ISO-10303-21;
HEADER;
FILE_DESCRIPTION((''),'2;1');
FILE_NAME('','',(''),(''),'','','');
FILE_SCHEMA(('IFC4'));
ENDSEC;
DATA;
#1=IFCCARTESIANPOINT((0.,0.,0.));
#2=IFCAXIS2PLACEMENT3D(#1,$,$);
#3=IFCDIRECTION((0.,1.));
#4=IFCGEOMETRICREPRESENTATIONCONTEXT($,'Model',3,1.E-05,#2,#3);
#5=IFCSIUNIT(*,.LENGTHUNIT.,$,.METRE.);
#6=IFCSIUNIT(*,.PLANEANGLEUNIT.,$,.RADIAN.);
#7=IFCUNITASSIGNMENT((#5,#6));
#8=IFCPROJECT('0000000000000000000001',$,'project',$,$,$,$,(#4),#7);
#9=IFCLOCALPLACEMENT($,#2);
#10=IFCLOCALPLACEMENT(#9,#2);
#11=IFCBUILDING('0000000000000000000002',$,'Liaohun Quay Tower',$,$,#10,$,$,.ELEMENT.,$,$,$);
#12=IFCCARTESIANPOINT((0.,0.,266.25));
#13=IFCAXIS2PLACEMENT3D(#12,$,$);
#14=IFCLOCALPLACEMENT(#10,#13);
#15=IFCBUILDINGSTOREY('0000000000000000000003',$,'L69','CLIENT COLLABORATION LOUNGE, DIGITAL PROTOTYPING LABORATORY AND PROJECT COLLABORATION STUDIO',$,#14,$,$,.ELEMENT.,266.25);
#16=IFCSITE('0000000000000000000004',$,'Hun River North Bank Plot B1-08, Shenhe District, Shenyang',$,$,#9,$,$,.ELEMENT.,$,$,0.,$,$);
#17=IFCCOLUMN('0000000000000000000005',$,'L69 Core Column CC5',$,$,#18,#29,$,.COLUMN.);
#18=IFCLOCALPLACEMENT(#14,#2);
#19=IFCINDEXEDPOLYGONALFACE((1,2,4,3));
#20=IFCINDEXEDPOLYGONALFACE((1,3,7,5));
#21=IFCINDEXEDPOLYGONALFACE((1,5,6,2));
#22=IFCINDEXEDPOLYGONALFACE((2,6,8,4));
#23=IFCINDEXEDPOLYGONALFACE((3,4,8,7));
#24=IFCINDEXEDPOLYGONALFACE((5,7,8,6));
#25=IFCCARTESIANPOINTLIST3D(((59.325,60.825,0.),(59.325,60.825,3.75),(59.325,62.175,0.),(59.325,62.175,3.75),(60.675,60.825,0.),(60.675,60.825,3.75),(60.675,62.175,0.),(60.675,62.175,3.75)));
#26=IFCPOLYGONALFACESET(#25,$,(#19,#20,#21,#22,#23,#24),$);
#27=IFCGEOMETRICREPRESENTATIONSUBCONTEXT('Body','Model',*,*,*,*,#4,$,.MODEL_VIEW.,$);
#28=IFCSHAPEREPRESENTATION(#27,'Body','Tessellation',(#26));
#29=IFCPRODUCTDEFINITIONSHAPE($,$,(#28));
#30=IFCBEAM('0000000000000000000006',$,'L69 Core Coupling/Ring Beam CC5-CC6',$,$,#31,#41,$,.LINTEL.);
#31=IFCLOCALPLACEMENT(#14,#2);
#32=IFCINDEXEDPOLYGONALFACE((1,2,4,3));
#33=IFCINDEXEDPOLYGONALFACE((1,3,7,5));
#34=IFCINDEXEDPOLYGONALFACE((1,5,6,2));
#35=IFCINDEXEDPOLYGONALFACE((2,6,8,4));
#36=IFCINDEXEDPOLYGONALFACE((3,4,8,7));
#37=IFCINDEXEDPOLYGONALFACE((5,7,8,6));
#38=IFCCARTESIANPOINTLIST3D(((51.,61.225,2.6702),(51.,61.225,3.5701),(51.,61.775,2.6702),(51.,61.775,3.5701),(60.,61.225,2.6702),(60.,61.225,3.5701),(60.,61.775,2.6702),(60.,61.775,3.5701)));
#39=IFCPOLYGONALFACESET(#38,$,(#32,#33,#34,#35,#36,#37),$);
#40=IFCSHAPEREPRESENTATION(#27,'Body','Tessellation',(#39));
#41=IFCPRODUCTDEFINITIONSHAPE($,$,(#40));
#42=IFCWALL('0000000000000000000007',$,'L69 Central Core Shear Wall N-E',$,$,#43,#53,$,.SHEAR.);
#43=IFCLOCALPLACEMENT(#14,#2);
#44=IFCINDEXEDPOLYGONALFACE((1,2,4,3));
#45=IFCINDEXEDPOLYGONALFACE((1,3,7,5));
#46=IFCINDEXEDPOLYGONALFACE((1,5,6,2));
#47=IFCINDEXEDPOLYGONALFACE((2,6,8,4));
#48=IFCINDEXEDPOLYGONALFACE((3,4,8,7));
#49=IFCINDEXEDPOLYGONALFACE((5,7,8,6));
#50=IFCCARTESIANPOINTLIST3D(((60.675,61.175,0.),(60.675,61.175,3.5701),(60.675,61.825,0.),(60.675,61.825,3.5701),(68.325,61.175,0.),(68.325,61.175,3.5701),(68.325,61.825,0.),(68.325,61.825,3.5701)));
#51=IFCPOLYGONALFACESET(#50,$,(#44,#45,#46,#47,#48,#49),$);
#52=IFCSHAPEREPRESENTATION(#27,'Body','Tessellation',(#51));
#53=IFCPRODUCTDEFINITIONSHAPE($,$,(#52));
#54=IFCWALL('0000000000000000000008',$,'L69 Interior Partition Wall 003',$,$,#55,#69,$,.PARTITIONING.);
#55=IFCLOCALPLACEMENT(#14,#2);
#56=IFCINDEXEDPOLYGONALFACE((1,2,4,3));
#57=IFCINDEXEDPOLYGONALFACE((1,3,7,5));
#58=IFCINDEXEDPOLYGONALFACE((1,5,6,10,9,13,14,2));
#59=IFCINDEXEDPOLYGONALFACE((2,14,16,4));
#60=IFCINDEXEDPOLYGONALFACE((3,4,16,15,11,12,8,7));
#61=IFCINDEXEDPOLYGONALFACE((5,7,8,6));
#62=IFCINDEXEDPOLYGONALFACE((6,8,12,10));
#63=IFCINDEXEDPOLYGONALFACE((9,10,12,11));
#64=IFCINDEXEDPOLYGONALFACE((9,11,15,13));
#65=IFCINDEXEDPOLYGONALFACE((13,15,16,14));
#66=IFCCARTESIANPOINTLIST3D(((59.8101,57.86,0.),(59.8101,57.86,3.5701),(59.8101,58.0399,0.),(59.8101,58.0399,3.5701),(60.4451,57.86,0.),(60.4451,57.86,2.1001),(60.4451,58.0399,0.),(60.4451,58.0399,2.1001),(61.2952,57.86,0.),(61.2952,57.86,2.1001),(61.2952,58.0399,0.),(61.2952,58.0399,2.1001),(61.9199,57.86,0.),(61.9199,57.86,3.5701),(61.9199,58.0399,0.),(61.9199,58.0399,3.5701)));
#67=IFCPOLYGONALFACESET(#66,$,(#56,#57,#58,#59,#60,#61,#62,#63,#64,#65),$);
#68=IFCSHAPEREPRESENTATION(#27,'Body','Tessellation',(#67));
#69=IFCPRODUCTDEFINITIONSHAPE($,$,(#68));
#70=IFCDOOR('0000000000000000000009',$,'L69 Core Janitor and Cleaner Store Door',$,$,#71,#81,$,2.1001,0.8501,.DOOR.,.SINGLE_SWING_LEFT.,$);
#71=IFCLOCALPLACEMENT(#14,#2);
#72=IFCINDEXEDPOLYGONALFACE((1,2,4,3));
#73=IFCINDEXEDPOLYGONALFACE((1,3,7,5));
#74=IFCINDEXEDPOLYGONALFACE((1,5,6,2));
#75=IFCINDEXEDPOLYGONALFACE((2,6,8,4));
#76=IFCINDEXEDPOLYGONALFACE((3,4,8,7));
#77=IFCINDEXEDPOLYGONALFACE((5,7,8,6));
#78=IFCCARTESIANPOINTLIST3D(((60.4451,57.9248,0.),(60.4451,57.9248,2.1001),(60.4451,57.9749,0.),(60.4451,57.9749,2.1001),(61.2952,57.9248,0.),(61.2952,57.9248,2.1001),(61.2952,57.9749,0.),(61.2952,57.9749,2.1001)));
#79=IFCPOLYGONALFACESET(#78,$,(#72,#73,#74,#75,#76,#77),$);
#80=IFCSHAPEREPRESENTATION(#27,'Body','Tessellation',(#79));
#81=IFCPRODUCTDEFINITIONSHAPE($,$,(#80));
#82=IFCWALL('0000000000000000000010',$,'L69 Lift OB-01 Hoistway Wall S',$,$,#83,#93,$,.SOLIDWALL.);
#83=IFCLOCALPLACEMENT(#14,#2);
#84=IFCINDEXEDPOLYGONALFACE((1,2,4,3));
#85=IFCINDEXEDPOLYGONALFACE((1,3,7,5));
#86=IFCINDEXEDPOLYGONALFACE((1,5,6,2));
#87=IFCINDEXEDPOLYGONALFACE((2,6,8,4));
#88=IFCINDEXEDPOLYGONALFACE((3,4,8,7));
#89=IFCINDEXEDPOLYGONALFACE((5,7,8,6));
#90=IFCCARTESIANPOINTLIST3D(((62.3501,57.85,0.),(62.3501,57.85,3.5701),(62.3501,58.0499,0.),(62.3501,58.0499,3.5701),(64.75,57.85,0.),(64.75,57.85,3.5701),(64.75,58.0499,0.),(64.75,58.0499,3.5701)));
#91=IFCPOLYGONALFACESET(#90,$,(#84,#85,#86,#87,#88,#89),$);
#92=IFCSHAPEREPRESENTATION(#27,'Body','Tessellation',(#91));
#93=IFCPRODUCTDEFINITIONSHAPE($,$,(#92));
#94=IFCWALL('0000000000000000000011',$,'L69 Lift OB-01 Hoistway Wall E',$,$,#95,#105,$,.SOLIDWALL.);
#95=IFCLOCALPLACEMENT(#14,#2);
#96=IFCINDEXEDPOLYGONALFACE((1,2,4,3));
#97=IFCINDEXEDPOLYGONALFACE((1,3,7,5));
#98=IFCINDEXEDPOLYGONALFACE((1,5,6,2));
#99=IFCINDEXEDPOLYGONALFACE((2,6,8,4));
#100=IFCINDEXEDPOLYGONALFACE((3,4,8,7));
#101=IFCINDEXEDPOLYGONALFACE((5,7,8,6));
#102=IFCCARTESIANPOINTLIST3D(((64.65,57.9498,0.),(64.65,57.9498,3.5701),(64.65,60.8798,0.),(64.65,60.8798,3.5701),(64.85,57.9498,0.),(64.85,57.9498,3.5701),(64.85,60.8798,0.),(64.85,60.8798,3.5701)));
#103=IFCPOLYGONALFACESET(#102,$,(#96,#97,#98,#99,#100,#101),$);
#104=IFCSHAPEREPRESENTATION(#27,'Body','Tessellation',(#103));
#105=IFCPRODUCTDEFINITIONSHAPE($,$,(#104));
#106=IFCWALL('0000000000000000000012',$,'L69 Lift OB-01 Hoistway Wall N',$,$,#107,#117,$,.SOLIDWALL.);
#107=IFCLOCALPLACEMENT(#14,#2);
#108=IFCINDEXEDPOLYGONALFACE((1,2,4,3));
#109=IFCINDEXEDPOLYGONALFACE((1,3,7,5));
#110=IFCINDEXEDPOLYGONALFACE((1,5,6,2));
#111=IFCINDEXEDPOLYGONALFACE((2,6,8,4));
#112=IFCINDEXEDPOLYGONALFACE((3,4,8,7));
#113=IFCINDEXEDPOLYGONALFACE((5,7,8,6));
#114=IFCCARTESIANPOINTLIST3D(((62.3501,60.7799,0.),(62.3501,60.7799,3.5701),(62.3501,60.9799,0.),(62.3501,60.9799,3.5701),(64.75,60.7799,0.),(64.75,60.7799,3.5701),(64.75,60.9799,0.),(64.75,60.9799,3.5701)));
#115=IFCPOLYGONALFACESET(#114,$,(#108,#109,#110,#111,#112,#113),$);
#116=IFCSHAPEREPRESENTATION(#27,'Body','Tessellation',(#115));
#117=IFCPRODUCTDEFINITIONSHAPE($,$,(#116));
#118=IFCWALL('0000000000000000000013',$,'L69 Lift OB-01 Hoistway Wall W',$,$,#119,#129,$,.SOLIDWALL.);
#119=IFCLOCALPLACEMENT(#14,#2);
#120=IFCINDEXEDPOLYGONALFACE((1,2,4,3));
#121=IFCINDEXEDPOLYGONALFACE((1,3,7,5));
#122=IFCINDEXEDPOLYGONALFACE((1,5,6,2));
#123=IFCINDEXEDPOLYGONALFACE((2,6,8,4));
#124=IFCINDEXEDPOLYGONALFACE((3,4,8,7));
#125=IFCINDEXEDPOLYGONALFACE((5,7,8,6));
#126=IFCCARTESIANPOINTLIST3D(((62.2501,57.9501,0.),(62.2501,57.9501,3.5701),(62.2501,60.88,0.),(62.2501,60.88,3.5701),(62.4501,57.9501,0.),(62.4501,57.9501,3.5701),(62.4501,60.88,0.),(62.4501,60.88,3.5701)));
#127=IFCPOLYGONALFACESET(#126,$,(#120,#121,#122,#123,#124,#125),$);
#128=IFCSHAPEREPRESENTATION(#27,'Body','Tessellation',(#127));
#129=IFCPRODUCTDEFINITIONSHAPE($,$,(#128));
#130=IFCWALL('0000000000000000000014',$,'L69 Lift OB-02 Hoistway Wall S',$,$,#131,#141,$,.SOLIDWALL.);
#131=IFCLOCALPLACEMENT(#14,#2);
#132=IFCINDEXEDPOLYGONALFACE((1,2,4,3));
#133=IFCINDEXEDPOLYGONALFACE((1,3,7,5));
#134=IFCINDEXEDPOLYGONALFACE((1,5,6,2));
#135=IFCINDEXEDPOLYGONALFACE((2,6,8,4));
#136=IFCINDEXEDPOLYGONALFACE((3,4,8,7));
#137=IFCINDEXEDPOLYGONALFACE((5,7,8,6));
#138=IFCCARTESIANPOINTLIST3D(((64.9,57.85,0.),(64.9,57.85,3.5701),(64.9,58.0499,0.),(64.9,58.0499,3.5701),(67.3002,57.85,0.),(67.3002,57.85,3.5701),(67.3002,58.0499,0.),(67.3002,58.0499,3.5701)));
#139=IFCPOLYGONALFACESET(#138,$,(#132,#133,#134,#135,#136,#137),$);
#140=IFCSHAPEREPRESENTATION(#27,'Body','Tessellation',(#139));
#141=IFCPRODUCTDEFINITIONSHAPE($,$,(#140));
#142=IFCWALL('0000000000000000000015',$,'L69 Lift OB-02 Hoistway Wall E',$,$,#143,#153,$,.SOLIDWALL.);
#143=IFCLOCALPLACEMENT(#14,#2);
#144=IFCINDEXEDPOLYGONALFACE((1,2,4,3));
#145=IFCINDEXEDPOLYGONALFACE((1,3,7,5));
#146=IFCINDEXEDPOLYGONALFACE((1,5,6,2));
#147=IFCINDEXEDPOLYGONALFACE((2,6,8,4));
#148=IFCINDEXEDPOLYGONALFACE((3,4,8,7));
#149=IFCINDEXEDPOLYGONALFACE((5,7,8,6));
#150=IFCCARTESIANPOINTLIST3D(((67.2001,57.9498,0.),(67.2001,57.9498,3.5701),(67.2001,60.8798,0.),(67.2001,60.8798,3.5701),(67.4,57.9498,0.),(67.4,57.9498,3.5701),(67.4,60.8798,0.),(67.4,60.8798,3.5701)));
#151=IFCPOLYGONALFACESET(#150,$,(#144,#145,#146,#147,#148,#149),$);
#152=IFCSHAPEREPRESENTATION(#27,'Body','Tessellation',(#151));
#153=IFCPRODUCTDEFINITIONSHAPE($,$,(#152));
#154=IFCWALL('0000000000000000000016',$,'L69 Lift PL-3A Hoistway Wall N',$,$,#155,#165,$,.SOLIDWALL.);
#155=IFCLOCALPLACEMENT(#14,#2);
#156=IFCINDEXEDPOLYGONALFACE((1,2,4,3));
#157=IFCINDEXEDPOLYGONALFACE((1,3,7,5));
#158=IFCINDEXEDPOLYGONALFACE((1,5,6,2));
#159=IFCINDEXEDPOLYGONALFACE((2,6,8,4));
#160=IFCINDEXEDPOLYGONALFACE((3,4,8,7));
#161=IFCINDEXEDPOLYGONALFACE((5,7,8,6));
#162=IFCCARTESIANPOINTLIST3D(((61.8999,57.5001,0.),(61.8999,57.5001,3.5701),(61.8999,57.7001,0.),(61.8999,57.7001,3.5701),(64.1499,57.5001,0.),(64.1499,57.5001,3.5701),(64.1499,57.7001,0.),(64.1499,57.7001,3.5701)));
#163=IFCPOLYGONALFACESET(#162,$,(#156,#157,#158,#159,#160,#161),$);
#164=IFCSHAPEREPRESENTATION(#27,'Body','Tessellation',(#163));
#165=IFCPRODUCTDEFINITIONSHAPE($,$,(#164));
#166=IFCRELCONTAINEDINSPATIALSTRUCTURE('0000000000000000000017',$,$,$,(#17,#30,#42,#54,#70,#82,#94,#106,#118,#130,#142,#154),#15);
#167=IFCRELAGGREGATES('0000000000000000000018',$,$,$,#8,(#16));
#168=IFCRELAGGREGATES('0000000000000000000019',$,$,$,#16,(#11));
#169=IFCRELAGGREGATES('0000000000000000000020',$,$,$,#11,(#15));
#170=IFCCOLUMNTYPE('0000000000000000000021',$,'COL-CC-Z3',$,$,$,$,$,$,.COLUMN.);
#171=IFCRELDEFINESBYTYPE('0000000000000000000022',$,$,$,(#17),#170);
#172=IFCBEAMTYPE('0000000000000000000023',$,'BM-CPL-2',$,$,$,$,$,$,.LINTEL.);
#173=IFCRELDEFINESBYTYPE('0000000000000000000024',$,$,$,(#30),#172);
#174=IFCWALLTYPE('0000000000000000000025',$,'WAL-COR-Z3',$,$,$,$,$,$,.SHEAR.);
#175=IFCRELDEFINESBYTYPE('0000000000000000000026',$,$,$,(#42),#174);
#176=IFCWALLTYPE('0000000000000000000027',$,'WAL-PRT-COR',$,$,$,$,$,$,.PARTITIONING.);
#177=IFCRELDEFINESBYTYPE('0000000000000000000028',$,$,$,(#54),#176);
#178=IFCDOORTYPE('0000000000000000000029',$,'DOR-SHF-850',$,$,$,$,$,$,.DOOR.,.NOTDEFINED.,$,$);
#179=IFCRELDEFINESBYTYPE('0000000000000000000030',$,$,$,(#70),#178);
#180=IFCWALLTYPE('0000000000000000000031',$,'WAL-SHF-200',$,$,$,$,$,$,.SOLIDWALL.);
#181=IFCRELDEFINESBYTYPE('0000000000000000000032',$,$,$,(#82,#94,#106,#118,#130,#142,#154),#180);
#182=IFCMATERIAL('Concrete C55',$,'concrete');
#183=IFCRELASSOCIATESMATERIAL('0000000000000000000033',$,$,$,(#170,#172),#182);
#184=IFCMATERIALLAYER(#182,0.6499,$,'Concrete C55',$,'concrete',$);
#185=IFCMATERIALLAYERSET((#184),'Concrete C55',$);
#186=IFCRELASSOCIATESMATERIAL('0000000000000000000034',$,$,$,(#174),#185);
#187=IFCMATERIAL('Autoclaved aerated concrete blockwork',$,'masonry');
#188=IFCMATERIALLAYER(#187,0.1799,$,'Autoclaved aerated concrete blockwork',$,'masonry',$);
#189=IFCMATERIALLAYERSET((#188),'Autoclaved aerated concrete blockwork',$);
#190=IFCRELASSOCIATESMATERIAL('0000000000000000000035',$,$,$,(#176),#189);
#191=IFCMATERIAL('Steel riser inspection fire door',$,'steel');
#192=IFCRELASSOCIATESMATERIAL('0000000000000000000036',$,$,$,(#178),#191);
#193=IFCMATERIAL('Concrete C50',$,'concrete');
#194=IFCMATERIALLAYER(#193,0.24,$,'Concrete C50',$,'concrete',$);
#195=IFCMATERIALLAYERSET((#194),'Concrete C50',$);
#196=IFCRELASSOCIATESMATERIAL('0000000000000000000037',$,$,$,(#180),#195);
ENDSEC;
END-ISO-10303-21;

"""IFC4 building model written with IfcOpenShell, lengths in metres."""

from ifc_helpers import new_model, si_unit, direction, frame, frame_2d, origin, origin_2d, place, context, subcontext, project, spatial, rectangle, extrude, source, transform, mapped, material, layer, layer_set, material_profile, profile_set, type_object, element, fill, save


model = new_model("IFC4")

# Units and contexts
model_context = context("Model", 3, precision=1e-05, world=origin(), true_north=direction((0.0, 1.0)))
body_context = subcontext(model_context, "Body", "Model", "MODEL_VIEW")
ifc_project = project(units=[si_unit("LENGTHUNIT", "METRE"), si_unit("PLANEANGLEUNIT", "RADIAN")], contexts=[model_context])

# Site, building, storey
site_placement = place(None, origin())
site = spatial("IfcSite", under=ifc_project, at=site_placement, Name="Hun River North Bank Plot B1-08, Shenhe District, Shenyang", CompositionType="ELEMENT", RefElevation=0.0)
building_placement = place(site_placement, origin())
building = spatial("IfcBuilding", under=site, at=building_placement, Name="Liaohun Quay Tower", CompositionType="ELEMENT")
storey_placement = place(building_placement, frame((0.0, 0.0, 266.25)))
storey = spatial("IfcBuildingStorey", under=building, at=storey_placement, Name="L69", Description="CLIENT COLLABORATION LOUNGE, DIGITAL PROTOTYPING LABORATORY AND PROJECT COLLABORATION STUDIO", CompositionType="ELEMENT", Elevation=266.25)

# Column
ifc_material_1 = material(Name="Concrete C55", Category="concrete")
ifc_material_profile_1 = material_profile(ifc_material_1, rectangle(XDim=1.3501, YDim=1.3501, at=origin_2d()), Name="RC1350x1350")
ifc_profile_set_1 = profile_set([ifc_material_profile_1], Name="Concrete C55")
column_type = type_object("IfcColumnType", Name="COL-CC-Z3", PredefinedType="COLUMN", material=ifc_profile_set_1)
shared_shape_1 = source(origin(), body_context, "Body", "SweptSolid", [
    extrude(rectangle(XDim=1.3501, YDim=1.3501, at=origin_2d()), origin(), (0.0, 0.0, 1.0), 3.75),
])
column_placement = place(storey_placement, frame((60.0, 61.5, 0.0), z_axis=(0.0, 0.0, 1.0), x_axis=(1.0, 0.0, 0.0)))
element("IfcColumn", 1, at=column_placement, inside=storey, type_object=column_type, Name="L69 Core Column CC5", PredefinedType="COLUMN", context=body_context, shape_type="MappedRepresentation", body=[
    mapped(shared_shape_1, transform((0.0, 0.0, 0.0), x_axis=(1.0, 0.0, 0.0), y_axis=(0.0, 1.0, 0.0), z_axis=(0.0, 0.0, 1.0), scale=1.0)),
])

# Beam
ifc_material_profile_2 = material_profile(ifc_material_1, rectangle(XDim=0.55, YDim=0.8999, at=origin_2d()), Name="RC550x900")
ifc_profile_set_2 = profile_set([ifc_material_profile_2], Name="Concrete C55")
beam_type = type_object("IfcBeamType", Name="BM-CPL-2", PredefinedType="LINTEL", material=ifc_profile_set_2)
shared_shape_2 = source(origin(), body_context, "Body", "SweptSolid", [
    extrude(rectangle(XDim=0.55, YDim=0.8999, at=origin_2d()), origin(), (0.0, 0.0, 1.0), 9.0),
])
beam_placement = place(storey_placement, frame((60.0, 61.5, 3.1201), z_axis=(-1.0, 0.0, 0.0), x_axis=(0.0, -1.0, 0.0)))
element("IfcBeam", 2, at=beam_placement, inside=storey, type_object=beam_type, Name="L69 Core Coupling/Ring Beam CC5-CC6", PredefinedType="LINTEL", context=body_context, shape_type="MappedRepresentation", body=[
    mapped(shared_shape_2, transform((0.0, 0.0, 0.0), x_axis=(1.0, 0.0, 0.0), y_axis=(0.0, 1.0, 0.0), z_axis=(0.0, 0.0, 1.0), scale=1.0)),
])

# Wall
ifc_layer_1 = layer(ifc_material_1, 0.6499, Name="Concrete C55", Category="concrete")
ifc_layer_set_1 = layer_set([ifc_layer_1], Name="Concrete C55")
wall_type_1 = type_object("IfcWallType", Name="WAL-COR-Z3", PredefinedType="SHEAR", material=ifc_layer_set_1)
wall_1_placement = place(storey_placement, frame((60.675, 61.5, 0.0), z_axis=(0.0, 0.0, 1.0), x_axis=(1.0, 0.0, 0.0)))
element("IfcWall", 3, at=wall_1_placement, inside=storey, type_object=wall_type_1, Name="L69 Central Core Shear Wall N-E", PredefinedType="SHEAR", context=body_context, shape_type="SweptSolid", body=[
    extrude(rectangle(XDim=7.6499, YDim=0.6499, at=frame_2d((3.825, 0.0))), origin(), (0.0, 0.0, 1.0), 3.5701),
])

# Wall, opening, door
ifc_material_2 = material(Name="Autoclaved aerated concrete blockwork", Category="masonry")
ifc_layer_2 = layer(ifc_material_2, 0.1799, Name="Autoclaved aerated concrete blockwork", Category="masonry")
ifc_layer_set_2 = layer_set([ifc_layer_2], Name="Autoclaved aerated concrete blockwork")
wall_type_2 = type_object("IfcWallType", Name="WAL-PRT-COR", PredefinedType="PARTITIONING", material=ifc_layer_set_2)
wall_2_placement = place(storey_placement, frame((59.8101, 57.95, 0.0), z_axis=(0.0, 0.0, 1.0), x_axis=(1.0, 0.0, 0.0)))
wall_2 = element("IfcWall", 4, at=wall_2_placement, inside=storey, type_object=wall_type_2, Name="L69 Interior Partition Wall 003", PredefinedType="PARTITIONING", context=body_context, shape_type="SweptSolid", body=[
    extrude(rectangle(XDim=2.1099, YDim=0.1799, at=frame_2d((1.0549, 0.0))), origin(), (0.0, 0.0, 1.0), 3.5701),
])
shared_shape_3 = source(origin(), body_context, "Body", "SweptSolid", [
    extrude(rectangle(XDim=0.8501, YDim=2.1001, at=frame_2d((0.425, 1.05))), frame((0.0, 0.0999, 0.0), z_axis=(0.0, -1.0, 0.0), x_axis=(1.0, 0.0, 0.0)), (0.0, 0.0, 1.0), 0.2),
])
opening_placement = place(wall_2_placement, frame((0.635, 0.0, 0.0)))
opening = element("IfcOpeningElement", 5, at=opening_placement, cuts=wall_2, PredefinedType="OPENING", context=body_context, shape_type="MappedRepresentation", body=[
    mapped(shared_shape_3, transform((0.0, 0.0, 0.0), x_axis=(1.0, 0.0, 0.0), y_axis=(0.0, 1.0, 0.0), z_axis=(0.0, 0.0, 1.0), scale=1.0)),
])
ifc_material_3 = material(Name="Steel riser inspection fire door", Category="steel")
door_type = type_object("IfcDoorType", Name="DOR-SHF-850", OperationType="NOTDEFINED", PredefinedType="DOOR", material=ifc_material_3)
shared_shape_4 = source(origin(), body_context, "Body", "SweptSolid", [
    extrude(rectangle(XDim=0.8501, YDim=2.1001, at=frame_2d((0.425, 1.05))), frame((0.0, 0.0249, 0.0), z_axis=(0.0, -1.0, 0.0), x_axis=(1.0, 0.0, 0.0)), (0.0, 0.0, 1.0), 0.05),
])
door_placement = place(opening_placement, origin())
door = element("IfcDoor", 6, at=door_placement, inside=storey, type_object=door_type, Name="L69 Core Janitor and Cleaner Store Door", OperationType="SINGLE_SWING_LEFT", OverallHeight=2.1001, OverallWidth=0.8501, PredefinedType="DOOR", context=body_context, shape_type="MappedRepresentation", body=[
    mapped(shared_shape_4, transform((0.0, 0.0, 0.0), x_axis=(1.0, 0.0, 0.0), y_axis=(0.0, 1.0, 0.0), z_axis=(0.0, 0.0, 1.0), scale=1.0)),
])
fill(opening, door)

# Walls
ifc_material_4 = material(Name="Concrete C50", Category="concrete")
ifc_layer_3 = layer(ifc_material_4, 0.24, Name="Concrete C50", Category="concrete")
ifc_layer_set_3 = layer_set([ifc_layer_3], Name="Concrete C50")
wall_type_3 = type_object("IfcWallType", Name="WAL-SHF-200", PredefinedType="SOLIDWALL", material=ifc_layer_set_3)
wall_3_placement = place(storey_placement, frame((62.3501, 57.95, 0.0), z_axis=(0.0, 0.0, 1.0), x_axis=(1.0, 0.0, 0.0)))
element("IfcWall", 7, at=wall_3_placement, inside=storey, type_object=wall_type_3, Name="L69 Lift OB-01 Hoistway Wall S", PredefinedType="SOLIDWALL", context=body_context, shape_type="SweptSolid", body=[
    extrude(rectangle(XDim=2.3999, YDim=0.2, at=frame_2d((1.2, 0.0))), origin(), (0.0, 0.0, 1.0), 3.5701),
])
wall_4_placement = place(storey_placement, frame((64.75, 57.95, 0.0), z_axis=(0.0, 0.0, 1.0), x_axis=(0.0, 1.0, 0.0)))
element("IfcWall", 8, at=wall_4_placement, inside=storey, type_object=wall_type_3, Name="L69 Lift OB-01 Hoistway Wall E", PredefinedType="SOLIDWALL", context=body_context, shape_type="SweptSolid", body=[
    extrude(rectangle(XDim=2.9299, YDim=0.2, at=frame_2d((1.4648, 0.0))), origin(), (0.0, 0.0, 1.0), 3.5701),
])
wall_5_placement = place(storey_placement, frame((64.75, 60.8799, 0.0), z_axis=(0.0, 0.0, 1.0), x_axis=(-1.0, 0.0, 0.0)))
element("IfcWall", 9, at=wall_5_placement, inside=storey, type_object=wall_type_3, Name="L69 Lift OB-01 Hoistway Wall N", PredefinedType="SOLIDWALL", context=body_context, shape_type="SweptSolid", body=[
    extrude(rectangle(XDim=2.3999, YDim=0.2, at=frame_2d((1.2, 0.0))), origin(), (0.0, 0.0, 1.0), 3.5701),
])
wall_6_placement = place(storey_placement, frame((62.3501, 60.8799, 0.0), z_axis=(0.0, 0.0, 1.0), x_axis=(0.0, -1.0, 0.0)))
element("IfcWall", 10, at=wall_6_placement, inside=storey, type_object=wall_type_3, Name="L69 Lift OB-01 Hoistway Wall W", PredefinedType="SOLIDWALL", context=body_context, shape_type="SweptSolid", body=[
    extrude(rectangle(XDim=2.9299, YDim=0.2, at=frame_2d((1.4648, 0.0))), origin(), (0.0, 0.0, 1.0), 3.5701),
])
wall_7_placement = place(storey_placement, frame((64.8999, 57.95, 0.0), z_axis=(0.0, 0.0, 1.0), x_axis=(1.0, 0.0, 0.0)))
element("IfcWall", 11, at=wall_7_placement, inside=storey, type_object=wall_type_3, Name="L69 Lift OB-02 Hoistway Wall S", PredefinedType="SOLIDWALL", context=body_context, shape_type="SweptSolid", body=[
    extrude(rectangle(XDim=2.4001, YDim=0.2, at=frame_2d((1.2002, 0.0))), origin(), (0.0, 0.0, 1.0), 3.5701),
])
wall_8_placement = place(storey_placement, frame((67.3, 57.95, 0.0), z_axis=(0.0, 0.0, 1.0), x_axis=(0.0, 1.0, 0.0)))
element("IfcWall", 12, at=wall_8_placement, inside=storey, type_object=wall_type_3, Name="L69 Lift OB-02 Hoistway Wall E", PredefinedType="SOLIDWALL", context=body_context, shape_type="SweptSolid", body=[
    extrude(rectangle(XDim=2.9299, YDim=0.2, at=frame_2d((1.4648, 0.0))), origin(), (0.0, 0.0, 1.0), 3.5701),
])
wall_9_placement = place(storey_placement, frame((64.1499, 57.6001, 0.0), z_axis=(0.0, 0.0, 1.0), x_axis=(-1.0, 0.0, 0.0)))
element("IfcWall", 13, at=wall_9_placement, inside=storey, type_object=wall_type_3, Name="L69 Lift PL-3A Hoistway Wall N", PredefinedType="SOLIDWALL", context=body_context, shape_type="SweptSolid", body=[
    extrude(rectangle(XDim=2.25, YDim=0.2, at=frame_2d((1.125, 0.0))), origin(), (0.0, 0.0, 1.0), 3.5701),
])

save(model, "model.ifc")
